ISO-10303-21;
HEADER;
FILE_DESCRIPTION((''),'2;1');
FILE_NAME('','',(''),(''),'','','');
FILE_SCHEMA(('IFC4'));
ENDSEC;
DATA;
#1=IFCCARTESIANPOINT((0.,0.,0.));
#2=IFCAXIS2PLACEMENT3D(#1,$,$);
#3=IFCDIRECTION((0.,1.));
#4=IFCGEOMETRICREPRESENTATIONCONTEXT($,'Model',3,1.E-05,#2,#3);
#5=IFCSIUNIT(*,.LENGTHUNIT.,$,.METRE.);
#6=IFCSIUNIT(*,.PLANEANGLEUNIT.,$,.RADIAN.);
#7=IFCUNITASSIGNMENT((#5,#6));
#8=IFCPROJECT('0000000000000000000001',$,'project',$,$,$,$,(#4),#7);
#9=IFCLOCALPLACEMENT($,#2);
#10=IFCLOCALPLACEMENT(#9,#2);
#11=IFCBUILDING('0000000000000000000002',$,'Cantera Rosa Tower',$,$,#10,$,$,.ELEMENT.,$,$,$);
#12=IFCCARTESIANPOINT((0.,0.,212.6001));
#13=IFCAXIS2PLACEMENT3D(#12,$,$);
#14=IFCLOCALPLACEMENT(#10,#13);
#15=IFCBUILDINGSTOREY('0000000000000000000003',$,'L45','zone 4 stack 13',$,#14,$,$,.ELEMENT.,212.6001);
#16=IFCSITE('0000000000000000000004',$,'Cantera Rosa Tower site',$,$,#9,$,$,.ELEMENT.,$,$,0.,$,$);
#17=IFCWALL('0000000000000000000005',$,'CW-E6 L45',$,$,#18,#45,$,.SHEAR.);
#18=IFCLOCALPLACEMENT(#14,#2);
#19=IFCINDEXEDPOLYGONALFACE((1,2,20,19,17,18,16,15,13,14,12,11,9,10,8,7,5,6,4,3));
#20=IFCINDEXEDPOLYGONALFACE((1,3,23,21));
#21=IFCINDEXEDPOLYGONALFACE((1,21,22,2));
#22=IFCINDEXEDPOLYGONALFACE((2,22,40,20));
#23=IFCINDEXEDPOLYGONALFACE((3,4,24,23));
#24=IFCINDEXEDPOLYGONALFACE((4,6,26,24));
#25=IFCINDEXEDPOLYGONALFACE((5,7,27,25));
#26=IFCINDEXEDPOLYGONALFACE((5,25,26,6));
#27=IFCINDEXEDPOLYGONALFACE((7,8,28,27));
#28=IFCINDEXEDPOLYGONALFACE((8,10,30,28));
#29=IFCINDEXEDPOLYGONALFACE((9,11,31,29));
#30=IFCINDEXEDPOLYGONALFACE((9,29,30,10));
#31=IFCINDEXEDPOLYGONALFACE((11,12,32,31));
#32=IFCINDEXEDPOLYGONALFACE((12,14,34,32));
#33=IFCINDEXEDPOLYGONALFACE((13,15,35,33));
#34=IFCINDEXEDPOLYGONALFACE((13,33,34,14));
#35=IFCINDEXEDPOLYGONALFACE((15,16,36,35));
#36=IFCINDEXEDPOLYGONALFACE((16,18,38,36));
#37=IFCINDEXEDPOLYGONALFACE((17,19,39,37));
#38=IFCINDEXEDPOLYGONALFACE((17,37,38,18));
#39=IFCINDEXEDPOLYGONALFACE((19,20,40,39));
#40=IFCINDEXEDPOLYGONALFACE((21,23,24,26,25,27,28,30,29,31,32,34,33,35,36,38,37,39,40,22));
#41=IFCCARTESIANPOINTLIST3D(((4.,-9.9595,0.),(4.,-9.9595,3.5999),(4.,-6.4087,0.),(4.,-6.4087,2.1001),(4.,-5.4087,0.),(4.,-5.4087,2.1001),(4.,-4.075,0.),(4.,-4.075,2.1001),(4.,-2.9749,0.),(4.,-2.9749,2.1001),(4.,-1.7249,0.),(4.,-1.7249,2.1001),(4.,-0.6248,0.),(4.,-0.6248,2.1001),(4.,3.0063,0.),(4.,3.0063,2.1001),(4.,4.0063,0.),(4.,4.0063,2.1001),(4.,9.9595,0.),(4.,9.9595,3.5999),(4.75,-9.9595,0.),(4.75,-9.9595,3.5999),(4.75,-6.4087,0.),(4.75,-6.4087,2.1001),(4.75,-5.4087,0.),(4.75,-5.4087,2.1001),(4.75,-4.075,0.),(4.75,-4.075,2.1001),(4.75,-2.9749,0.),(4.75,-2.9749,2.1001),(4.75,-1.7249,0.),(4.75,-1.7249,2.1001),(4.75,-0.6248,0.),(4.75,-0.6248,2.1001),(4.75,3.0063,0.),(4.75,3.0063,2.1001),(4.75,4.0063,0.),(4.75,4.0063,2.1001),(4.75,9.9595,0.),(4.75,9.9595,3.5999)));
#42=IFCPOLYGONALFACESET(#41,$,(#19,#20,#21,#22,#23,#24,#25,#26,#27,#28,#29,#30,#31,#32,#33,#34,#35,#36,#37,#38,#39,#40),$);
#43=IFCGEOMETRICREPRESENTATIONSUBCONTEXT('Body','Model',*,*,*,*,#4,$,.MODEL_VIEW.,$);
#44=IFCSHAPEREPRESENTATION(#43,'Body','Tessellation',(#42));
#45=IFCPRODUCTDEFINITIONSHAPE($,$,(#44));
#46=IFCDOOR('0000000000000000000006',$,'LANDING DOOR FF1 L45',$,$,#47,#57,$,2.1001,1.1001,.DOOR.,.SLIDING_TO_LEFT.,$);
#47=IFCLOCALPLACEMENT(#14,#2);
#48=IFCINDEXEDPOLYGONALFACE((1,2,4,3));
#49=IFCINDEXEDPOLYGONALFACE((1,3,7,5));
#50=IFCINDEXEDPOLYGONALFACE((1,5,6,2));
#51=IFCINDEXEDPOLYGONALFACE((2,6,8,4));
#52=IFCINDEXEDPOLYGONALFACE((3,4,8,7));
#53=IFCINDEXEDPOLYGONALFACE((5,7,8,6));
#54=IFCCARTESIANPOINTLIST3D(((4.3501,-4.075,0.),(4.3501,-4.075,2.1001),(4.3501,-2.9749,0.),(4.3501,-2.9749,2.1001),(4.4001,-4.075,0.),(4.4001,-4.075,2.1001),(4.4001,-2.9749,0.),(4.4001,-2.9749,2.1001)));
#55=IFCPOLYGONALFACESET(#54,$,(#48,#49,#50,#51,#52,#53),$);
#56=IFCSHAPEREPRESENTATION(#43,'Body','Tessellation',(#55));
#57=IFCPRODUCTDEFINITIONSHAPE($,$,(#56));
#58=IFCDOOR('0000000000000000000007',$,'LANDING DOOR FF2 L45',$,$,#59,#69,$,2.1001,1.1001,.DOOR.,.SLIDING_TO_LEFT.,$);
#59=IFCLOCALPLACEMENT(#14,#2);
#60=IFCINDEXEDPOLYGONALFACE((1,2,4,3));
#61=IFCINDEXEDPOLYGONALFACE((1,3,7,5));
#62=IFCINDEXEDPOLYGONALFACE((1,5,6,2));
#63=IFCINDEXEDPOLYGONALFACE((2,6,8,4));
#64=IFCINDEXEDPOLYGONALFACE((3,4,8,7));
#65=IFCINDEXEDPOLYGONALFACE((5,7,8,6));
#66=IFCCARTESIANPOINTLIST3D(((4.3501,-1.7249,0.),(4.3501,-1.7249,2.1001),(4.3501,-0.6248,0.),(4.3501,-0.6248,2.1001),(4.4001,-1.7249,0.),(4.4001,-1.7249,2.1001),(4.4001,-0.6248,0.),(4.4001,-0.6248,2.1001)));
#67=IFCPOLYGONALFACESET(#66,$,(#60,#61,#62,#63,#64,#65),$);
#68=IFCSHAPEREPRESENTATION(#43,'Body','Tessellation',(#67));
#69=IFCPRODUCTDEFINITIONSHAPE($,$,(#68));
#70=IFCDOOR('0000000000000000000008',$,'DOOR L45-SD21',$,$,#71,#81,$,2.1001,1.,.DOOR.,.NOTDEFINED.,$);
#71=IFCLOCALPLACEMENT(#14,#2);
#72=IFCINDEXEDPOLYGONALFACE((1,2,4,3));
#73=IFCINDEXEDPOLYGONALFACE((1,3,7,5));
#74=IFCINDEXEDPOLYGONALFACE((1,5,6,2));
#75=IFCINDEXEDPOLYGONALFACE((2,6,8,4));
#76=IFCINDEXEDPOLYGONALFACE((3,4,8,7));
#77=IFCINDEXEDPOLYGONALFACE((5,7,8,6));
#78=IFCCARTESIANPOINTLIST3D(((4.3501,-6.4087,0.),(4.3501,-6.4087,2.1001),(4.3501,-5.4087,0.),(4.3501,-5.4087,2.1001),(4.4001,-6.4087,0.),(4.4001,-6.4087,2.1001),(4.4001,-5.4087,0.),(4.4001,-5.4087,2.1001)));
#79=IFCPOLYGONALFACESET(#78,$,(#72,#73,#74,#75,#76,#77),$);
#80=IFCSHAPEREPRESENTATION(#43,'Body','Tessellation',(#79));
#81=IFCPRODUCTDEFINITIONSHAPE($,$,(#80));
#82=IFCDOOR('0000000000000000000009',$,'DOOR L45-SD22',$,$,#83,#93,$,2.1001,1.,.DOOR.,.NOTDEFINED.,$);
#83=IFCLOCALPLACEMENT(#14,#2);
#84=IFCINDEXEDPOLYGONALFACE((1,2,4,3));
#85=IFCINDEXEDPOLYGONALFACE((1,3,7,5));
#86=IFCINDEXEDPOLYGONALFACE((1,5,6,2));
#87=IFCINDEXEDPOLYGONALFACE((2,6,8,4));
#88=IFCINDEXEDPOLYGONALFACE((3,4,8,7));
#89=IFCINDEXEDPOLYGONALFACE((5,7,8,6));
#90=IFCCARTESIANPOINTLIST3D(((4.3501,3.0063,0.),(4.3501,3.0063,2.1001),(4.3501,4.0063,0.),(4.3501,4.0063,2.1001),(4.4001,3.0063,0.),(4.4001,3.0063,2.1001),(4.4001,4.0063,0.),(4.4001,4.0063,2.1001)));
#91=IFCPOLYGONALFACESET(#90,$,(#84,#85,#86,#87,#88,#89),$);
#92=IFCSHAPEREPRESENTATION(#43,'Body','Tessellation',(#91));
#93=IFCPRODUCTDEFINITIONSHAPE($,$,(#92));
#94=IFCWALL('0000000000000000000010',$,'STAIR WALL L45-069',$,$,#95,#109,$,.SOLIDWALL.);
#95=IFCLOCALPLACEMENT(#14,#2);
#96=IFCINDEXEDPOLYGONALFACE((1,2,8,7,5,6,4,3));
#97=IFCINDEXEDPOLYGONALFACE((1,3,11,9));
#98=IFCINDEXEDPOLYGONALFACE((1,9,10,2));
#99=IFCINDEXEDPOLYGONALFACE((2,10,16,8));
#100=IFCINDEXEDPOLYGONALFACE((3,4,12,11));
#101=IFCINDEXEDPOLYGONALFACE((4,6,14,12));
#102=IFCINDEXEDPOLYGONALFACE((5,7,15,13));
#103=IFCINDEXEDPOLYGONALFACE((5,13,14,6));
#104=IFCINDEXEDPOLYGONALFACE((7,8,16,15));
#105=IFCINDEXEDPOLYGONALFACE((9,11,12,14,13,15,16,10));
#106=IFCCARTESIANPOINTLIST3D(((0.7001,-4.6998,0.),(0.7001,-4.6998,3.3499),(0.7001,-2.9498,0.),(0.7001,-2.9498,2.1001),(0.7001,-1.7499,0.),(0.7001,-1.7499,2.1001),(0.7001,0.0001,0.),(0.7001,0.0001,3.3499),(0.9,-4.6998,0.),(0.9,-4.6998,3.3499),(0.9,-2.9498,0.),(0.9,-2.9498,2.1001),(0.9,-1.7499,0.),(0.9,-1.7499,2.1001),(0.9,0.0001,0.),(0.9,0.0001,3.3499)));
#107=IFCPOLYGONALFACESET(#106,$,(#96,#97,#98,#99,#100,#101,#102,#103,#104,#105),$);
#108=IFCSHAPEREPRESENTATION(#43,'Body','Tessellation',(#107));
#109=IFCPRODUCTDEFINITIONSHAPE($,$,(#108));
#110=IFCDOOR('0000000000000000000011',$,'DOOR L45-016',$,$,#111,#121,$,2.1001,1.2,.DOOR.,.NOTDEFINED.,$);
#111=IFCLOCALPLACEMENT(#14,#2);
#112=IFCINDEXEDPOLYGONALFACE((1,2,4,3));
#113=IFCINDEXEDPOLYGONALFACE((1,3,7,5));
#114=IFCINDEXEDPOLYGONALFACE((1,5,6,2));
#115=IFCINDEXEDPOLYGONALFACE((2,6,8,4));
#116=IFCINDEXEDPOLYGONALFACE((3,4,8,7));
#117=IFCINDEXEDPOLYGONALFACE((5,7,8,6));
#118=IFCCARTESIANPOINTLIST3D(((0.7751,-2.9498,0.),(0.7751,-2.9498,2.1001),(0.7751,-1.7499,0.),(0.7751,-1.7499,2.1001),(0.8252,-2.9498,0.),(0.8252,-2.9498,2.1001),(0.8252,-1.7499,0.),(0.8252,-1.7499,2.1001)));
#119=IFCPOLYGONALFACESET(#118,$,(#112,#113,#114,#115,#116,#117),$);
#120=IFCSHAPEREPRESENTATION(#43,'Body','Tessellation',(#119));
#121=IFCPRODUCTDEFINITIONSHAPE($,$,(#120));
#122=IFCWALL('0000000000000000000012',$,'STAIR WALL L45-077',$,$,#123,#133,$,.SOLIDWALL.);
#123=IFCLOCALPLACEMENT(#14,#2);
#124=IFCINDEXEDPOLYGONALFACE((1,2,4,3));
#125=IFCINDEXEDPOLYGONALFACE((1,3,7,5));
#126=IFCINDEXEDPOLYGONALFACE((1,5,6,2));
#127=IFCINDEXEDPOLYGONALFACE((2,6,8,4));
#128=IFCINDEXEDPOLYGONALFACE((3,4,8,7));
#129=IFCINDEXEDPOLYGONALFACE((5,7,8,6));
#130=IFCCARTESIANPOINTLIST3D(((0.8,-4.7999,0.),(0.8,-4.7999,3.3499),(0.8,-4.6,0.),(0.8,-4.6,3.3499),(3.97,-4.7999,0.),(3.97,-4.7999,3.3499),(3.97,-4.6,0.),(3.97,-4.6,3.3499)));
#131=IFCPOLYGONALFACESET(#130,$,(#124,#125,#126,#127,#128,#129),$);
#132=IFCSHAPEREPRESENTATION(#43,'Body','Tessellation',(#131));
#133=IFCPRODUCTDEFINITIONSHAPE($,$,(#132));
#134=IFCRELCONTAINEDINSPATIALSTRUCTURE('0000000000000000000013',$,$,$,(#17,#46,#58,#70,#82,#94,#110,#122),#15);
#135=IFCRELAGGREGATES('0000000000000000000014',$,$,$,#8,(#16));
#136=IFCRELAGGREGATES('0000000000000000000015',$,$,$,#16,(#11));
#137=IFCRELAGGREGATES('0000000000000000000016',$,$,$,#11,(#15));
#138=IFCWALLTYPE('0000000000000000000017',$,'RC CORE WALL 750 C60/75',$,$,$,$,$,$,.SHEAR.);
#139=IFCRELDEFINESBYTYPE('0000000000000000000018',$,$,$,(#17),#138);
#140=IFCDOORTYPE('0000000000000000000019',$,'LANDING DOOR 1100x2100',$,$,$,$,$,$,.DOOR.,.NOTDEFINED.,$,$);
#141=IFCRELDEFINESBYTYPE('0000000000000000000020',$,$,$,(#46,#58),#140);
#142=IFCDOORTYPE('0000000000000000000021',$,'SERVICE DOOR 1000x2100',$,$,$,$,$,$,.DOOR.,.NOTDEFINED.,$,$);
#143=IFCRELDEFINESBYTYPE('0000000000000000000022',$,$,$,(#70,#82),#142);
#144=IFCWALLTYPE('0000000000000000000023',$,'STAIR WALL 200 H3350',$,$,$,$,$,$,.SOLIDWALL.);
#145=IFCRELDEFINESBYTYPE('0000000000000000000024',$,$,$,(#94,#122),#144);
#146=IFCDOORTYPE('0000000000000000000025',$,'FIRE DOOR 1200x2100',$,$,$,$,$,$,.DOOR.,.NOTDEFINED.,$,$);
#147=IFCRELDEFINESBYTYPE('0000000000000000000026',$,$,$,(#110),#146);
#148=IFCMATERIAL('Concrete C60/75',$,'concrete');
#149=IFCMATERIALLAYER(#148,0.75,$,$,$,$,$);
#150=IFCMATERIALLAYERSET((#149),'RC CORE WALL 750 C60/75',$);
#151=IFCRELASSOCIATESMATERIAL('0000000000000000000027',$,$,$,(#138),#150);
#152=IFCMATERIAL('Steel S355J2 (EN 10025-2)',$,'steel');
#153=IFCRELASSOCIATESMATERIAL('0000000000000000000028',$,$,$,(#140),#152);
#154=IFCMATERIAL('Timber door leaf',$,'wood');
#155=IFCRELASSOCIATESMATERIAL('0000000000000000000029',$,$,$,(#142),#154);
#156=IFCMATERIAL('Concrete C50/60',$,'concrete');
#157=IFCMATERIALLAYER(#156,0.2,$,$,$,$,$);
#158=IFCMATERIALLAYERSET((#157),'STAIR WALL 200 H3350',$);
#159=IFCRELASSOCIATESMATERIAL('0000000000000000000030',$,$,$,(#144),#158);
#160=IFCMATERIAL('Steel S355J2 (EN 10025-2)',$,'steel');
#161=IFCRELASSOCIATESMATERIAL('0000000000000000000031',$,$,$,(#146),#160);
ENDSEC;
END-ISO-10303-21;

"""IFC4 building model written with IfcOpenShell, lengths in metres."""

from ifc_helpers import new_model, si_unit, direction, frame, frame_2d, origin, place, context, subcontext, project, spatial, rectangle, extrude, material, layer, layer_set, type_object, element, fill, save


model = new_model("IFC4")

# Units and contexts
model_context = context("Model", 3, precision=1e-05, world=origin(), true_north=direction((0.0, 1.0)))
body_context = subcontext(model_context, "Body", "Model", "MODEL_VIEW")
ifc_project = project(units=[si_unit("LENGTHUNIT", "METRE"), si_unit("PLANEANGLEUNIT", "RADIAN")], contexts=[model_context])

# Site, building, storey
site_placement = place(None, origin())
site = spatial("IfcSite", under=ifc_project, at=site_placement, Name="Cantera Rosa Tower site", CompositionType="ELEMENT", RefElevation=0.0)
building_placement = place(site_placement, origin())
building = spatial("IfcBuilding", under=site, at=building_placement, Name="Cantera Rosa Tower", CompositionType="ELEMENT")
storey_placement = place(building_placement, frame((0.0, 0.0, 212.6001)))
storey = spatial("IfcBuildingStorey", under=building, at=storey_placement, Name="L45", Description="zone 4 stack 13", CompositionType="ELEMENT", Elevation=212.6001)

# Shared definitions
ifc_material_1 = material(Name="Concrete C60/75", Category="concrete")
ifc_layer_1 = layer(ifc_material_1, 0.75)
ifc_layer_set_1 = layer_set([ifc_layer_1], Name="RC CORE WALL 750 C60/75")
wall_type_1 = type_object("IfcWallType", Name="RC CORE WALL 750 C60/75", PredefinedType="SHEAR", material=ifc_layer_set_1)

# Wall, openings, doors
wall_1_placement = place(storey_placement, frame((4.375, -9.9595, 0.0), z_axis=(0.0, 0.0, 1.0), x_axis=(0.0, 1.0, 0.0)))
wall_1 = element("IfcWall", 1, at=wall_1_placement, inside=storey, type_object=wall_type_1, Name="CW-E6 L45", PredefinedType="SHEAR", context=body_context, shape_type="SweptSolid", body=[
    extrude(rectangle(XDim=19.9189, YDim=0.75, at=frame_2d((9.9595, 0.0))), origin(), (0.0, 0.0, 1.0), 3.5999),
])
opening_1_placement = place(wall_1_placement, frame((5.8845, 0.0, 0.0)))
opening_1 = element("IfcOpeningElement", 2, at=opening_1_placement, cuts=wall_1, PredefinedType="OPENING", context=body_context, shape_type="SweptSolid", body=[
    extrude(rectangle(XDim=1.1001, YDim=2.1001, at=frame_2d((0.55, 1.05))), frame((0.0, 0.385, 0.0), z_axis=(0.0, -1.0, 0.0), x_axis=(1.0, 0.0, 0.0)), (0.0, 0.0, 1.0), 0.77),
])
opening_2_placement = place(wall_1_placement, frame((8.2346, 0.0, 0.0)))
opening_2 = element("IfcOpeningElement", 3, at=opening_2_placement, cuts=wall_1, PredefinedType="OPENING", context=body_context, shape_type="SweptSolid", body=[
    extrude(rectangle(XDim=1.1001, YDim=2.1001, at=frame_2d((0.55, 1.05))), frame((0.0, 0.385, 0.0), z_axis=(0.0, -1.0, 0.0), x_axis=(1.0, 0.0, 0.0)), (0.0, 0.0, 1.0), 0.77),
])
opening_3_placement = place(wall_1_placement, frame((3.5508, 0.0, 0.0)))
opening_3 = element("IfcOpeningElement", 4, at=opening_3_placement, cuts=wall_1, PredefinedType="OPENING", context=body_context, shape_type="SweptSolid", body=[
    extrude(rectangle(XDim=1.0, YDim=2.1001, at=frame_2d((0.5, 1.05))), frame((0.0, 0.385, 0.0), z_axis=(0.0, -1.0, 0.0), x_axis=(1.0, 0.0, 0.0)), (0.0, 0.0, 1.0), 0.77),
])
opening_4_placement = place(wall_1_placement, frame((12.9658, 0.0, 0.0)))
opening_4 = element("IfcOpeningElement", 5, at=opening_4_placement, cuts=wall_1, PredefinedType="OPENING", context=body_context, shape_type="SweptSolid", body=[
    extrude(rectangle(XDim=1.0, YDim=2.1001, at=frame_2d((0.5, 1.05))), frame((0.0, 0.385, 0.0), z_axis=(0.0, -1.0, 0.0), x_axis=(1.0, 0.0, 0.0)), (0.0, 0.0, 1.0), 0.77),
])
ifc_material_2 = material(Name="Steel S355J2 (EN 10025-2)", Category="steel")
door_type_1 = type_object("IfcDoorType", Name="LANDING DOOR 1100x2100", OperationType="NOTDEFINED", PredefinedType="DOOR", material=ifc_material_2)
door_1_placement = place(opening_1_placement, origin())
door_1 = element("IfcDoor", 6, at=door_1_placement, inside=storey, type_object=door_type_1, Name="LANDING DOOR FF1 L45", OperationType="SLIDING_TO_LEFT", OverallHeight=2.1001, OverallWidth=1.1001, PredefinedType="DOOR", context=body_context, shape_type="SweptSolid", body=[
    extrude(rectangle(XDim=1.1001, YDim=2.1001, at=frame_2d((0.55, 1.05))), frame((0.0, 0.0249, 0.0), z_axis=(0.0, -1.0, 0.0), x_axis=(1.0, 0.0, 0.0)), (0.0, 0.0, 1.0), 0.05),
])
fill(opening_1, door_1)
door_2_placement = place(opening_2_placement, origin())
door_2 = element("IfcDoor", 7, at=door_2_placement, inside=storey, type_object=door_type_1, Name="LANDING DOOR FF2 L45", OperationType="SLIDING_TO_LEFT", OverallHeight=2.1001, OverallWidth=1.1001, PredefinedType="DOOR", context=body_context, shape_type="SweptSolid", body=[
    extrude(rectangle(XDim=1.1001, YDim=2.1001, at=frame_2d((0.55, 1.05))), frame((0.0, 0.0249, 0.0), z_axis=(0.0, -1.0, 0.0), x_axis=(1.0, 0.0, 0.0)), (0.0, 0.0, 1.0), 0.05),
])
fill(opening_2, door_2)
ifc_material_3 = material(Name="Timber door leaf", Category="wood")
door_type_2 = type_object("IfcDoorType", Name="SERVICE DOOR 1000x2100", OperationType="NOTDEFINED", PredefinedType="DOOR", material=ifc_material_3)
door_3_placement = place(opening_3_placement, origin())
door_3 = element("IfcDoor", 8, at=door_3_placement, inside=storey, type_object=door_type_2, Name="DOOR L45-SD21", OperationType="NOTDEFINED", OverallHeight=2.1001, OverallWidth=1.0, PredefinedType="DOOR", context=body_context, shape_type="SweptSolid", body=[
    extrude(rectangle(XDim=1.0, YDim=2.1001, at=frame_2d((0.5, 1.05))), frame((0.0, 0.0249, 0.0), z_axis=(0.0, -1.0, 0.0), x_axis=(1.0, 0.0, 0.0)), (0.0, 0.0, 1.0), 0.05),
])
fill(opening_3, door_3)
door_4_placement = place(opening_4_placement, origin())
door_4 = element("IfcDoor", 9, at=door_4_placement, inside=storey, type_object=door_type_2, Name="DOOR L45-SD22", OperationType="NOTDEFINED", OverallHeight=2.1001, OverallWidth=1.0, PredefinedType="DOOR", context=body_context, shape_type="SweptSolid", body=[
    extrude(rectangle(XDim=1.0, YDim=2.1001, at=frame_2d((0.5, 1.05))), frame((0.0, 0.0249, 0.0), z_axis=(0.0, -1.0, 0.0), x_axis=(1.0, 0.0, 0.0)), (0.0, 0.0, 1.0), 0.05),
])
fill(opening_4, door_4)

# Wall, opening, door
ifc_material_4 = material(Name="Concrete C50/60", Category="concrete")
ifc_layer_2 = layer(ifc_material_4, 0.2)
ifc_layer_set_2 = layer_set([ifc_layer_2], Name="STAIR WALL 200 H3350")
wall_type_2 = type_object("IfcWallType", Name="STAIR WALL 200 H3350", PredefinedType="SOLIDWALL", material=ifc_layer_set_2)
wall_2_placement = place(storey_placement, frame((0.8, -4.7, 0.0), z_axis=(0.0, 0.0, 1.0), x_axis=(0.0, 1.0, 0.0)))
wall_2 = element("IfcWall", 10, at=wall_2_placement, inside=storey, type_object=wall_type_2, Name="STAIR WALL L45-069", PredefinedType="SOLIDWALL", context=body_context, shape_type="SweptSolid", body=[
    extrude(rectangle(XDim=4.7, YDim=0.2, at=frame_2d((2.3501, 0.0))), origin(), (0.0, 0.0, 1.0), 3.3499),
])
opening_5_placement = place(wall_2_placement, frame((1.75, 0.0, 0.0)))
opening_5 = element("IfcOpeningElement", 11, at=opening_5_placement, cuts=wall_2, PredefinedType="OPENING", context=body_context, shape_type="SweptSolid", body=[
    extrude(rectangle(XDim=1.2, YDim=2.1001, at=frame_2d((0.6001, 1.05))), frame((0.0, 0.1099, 0.0), z_axis=(0.0, -1.0, 0.0), x_axis=(1.0, 0.0, 0.0)), (0.0, 0.0, 1.0), 0.22),
])
ifc_material_5 = material(Name="Steel S355J2 (EN 10025-2)", Category="steel")
door_type_3 = type_object("IfcDoorType", Name="FIRE DOOR 1200x2100", OperationType="NOTDEFINED", PredefinedType="DOOR", material=ifc_material_5)
door_5_placement = place(opening_5_placement, origin())
door_5 = element("IfcDoor", 12, at=door_5_placement, inside=storey, type_object=door_type_3, Name="DOOR L45-016", OperationType="NOTDEFINED", OverallHeight=2.1001, OverallWidth=1.2, PredefinedType="DOOR", context=body_context, shape_type="SweptSolid", body=[
    extrude(rectangle(XDim=1.2, YDim=2.1001, at=frame_2d((0.6001, 1.05))), frame((0.0, 0.0249, 0.0), z_axis=(0.0, -1.0, 0.0), x_axis=(1.0, 0.0, 0.0)), (0.0, 0.0, 1.0), 0.05),
])
fill(opening_5, door_5)

# Wall
wall_3_placement = place(storey_placement, frame((3.97, -4.7, 0.0), z_axis=(0.0, 0.0, 1.0), x_axis=(-1.0, 0.0, 0.0)))
element("IfcWall", 13, at=wall_3_placement, inside=storey, type_object=wall_type_2, Name="STAIR WALL L45-077", PredefinedType="SOLIDWALL", context=body_context, shape_type="SweptSolid", body=[
    extrude(rectangle(XDim=3.1699, YDim=0.2, at=frame_2d((1.585, 0.0))), origin(), (0.0, 0.0, 1.0), 3.3499),
])

save(model, "model.ifc")
